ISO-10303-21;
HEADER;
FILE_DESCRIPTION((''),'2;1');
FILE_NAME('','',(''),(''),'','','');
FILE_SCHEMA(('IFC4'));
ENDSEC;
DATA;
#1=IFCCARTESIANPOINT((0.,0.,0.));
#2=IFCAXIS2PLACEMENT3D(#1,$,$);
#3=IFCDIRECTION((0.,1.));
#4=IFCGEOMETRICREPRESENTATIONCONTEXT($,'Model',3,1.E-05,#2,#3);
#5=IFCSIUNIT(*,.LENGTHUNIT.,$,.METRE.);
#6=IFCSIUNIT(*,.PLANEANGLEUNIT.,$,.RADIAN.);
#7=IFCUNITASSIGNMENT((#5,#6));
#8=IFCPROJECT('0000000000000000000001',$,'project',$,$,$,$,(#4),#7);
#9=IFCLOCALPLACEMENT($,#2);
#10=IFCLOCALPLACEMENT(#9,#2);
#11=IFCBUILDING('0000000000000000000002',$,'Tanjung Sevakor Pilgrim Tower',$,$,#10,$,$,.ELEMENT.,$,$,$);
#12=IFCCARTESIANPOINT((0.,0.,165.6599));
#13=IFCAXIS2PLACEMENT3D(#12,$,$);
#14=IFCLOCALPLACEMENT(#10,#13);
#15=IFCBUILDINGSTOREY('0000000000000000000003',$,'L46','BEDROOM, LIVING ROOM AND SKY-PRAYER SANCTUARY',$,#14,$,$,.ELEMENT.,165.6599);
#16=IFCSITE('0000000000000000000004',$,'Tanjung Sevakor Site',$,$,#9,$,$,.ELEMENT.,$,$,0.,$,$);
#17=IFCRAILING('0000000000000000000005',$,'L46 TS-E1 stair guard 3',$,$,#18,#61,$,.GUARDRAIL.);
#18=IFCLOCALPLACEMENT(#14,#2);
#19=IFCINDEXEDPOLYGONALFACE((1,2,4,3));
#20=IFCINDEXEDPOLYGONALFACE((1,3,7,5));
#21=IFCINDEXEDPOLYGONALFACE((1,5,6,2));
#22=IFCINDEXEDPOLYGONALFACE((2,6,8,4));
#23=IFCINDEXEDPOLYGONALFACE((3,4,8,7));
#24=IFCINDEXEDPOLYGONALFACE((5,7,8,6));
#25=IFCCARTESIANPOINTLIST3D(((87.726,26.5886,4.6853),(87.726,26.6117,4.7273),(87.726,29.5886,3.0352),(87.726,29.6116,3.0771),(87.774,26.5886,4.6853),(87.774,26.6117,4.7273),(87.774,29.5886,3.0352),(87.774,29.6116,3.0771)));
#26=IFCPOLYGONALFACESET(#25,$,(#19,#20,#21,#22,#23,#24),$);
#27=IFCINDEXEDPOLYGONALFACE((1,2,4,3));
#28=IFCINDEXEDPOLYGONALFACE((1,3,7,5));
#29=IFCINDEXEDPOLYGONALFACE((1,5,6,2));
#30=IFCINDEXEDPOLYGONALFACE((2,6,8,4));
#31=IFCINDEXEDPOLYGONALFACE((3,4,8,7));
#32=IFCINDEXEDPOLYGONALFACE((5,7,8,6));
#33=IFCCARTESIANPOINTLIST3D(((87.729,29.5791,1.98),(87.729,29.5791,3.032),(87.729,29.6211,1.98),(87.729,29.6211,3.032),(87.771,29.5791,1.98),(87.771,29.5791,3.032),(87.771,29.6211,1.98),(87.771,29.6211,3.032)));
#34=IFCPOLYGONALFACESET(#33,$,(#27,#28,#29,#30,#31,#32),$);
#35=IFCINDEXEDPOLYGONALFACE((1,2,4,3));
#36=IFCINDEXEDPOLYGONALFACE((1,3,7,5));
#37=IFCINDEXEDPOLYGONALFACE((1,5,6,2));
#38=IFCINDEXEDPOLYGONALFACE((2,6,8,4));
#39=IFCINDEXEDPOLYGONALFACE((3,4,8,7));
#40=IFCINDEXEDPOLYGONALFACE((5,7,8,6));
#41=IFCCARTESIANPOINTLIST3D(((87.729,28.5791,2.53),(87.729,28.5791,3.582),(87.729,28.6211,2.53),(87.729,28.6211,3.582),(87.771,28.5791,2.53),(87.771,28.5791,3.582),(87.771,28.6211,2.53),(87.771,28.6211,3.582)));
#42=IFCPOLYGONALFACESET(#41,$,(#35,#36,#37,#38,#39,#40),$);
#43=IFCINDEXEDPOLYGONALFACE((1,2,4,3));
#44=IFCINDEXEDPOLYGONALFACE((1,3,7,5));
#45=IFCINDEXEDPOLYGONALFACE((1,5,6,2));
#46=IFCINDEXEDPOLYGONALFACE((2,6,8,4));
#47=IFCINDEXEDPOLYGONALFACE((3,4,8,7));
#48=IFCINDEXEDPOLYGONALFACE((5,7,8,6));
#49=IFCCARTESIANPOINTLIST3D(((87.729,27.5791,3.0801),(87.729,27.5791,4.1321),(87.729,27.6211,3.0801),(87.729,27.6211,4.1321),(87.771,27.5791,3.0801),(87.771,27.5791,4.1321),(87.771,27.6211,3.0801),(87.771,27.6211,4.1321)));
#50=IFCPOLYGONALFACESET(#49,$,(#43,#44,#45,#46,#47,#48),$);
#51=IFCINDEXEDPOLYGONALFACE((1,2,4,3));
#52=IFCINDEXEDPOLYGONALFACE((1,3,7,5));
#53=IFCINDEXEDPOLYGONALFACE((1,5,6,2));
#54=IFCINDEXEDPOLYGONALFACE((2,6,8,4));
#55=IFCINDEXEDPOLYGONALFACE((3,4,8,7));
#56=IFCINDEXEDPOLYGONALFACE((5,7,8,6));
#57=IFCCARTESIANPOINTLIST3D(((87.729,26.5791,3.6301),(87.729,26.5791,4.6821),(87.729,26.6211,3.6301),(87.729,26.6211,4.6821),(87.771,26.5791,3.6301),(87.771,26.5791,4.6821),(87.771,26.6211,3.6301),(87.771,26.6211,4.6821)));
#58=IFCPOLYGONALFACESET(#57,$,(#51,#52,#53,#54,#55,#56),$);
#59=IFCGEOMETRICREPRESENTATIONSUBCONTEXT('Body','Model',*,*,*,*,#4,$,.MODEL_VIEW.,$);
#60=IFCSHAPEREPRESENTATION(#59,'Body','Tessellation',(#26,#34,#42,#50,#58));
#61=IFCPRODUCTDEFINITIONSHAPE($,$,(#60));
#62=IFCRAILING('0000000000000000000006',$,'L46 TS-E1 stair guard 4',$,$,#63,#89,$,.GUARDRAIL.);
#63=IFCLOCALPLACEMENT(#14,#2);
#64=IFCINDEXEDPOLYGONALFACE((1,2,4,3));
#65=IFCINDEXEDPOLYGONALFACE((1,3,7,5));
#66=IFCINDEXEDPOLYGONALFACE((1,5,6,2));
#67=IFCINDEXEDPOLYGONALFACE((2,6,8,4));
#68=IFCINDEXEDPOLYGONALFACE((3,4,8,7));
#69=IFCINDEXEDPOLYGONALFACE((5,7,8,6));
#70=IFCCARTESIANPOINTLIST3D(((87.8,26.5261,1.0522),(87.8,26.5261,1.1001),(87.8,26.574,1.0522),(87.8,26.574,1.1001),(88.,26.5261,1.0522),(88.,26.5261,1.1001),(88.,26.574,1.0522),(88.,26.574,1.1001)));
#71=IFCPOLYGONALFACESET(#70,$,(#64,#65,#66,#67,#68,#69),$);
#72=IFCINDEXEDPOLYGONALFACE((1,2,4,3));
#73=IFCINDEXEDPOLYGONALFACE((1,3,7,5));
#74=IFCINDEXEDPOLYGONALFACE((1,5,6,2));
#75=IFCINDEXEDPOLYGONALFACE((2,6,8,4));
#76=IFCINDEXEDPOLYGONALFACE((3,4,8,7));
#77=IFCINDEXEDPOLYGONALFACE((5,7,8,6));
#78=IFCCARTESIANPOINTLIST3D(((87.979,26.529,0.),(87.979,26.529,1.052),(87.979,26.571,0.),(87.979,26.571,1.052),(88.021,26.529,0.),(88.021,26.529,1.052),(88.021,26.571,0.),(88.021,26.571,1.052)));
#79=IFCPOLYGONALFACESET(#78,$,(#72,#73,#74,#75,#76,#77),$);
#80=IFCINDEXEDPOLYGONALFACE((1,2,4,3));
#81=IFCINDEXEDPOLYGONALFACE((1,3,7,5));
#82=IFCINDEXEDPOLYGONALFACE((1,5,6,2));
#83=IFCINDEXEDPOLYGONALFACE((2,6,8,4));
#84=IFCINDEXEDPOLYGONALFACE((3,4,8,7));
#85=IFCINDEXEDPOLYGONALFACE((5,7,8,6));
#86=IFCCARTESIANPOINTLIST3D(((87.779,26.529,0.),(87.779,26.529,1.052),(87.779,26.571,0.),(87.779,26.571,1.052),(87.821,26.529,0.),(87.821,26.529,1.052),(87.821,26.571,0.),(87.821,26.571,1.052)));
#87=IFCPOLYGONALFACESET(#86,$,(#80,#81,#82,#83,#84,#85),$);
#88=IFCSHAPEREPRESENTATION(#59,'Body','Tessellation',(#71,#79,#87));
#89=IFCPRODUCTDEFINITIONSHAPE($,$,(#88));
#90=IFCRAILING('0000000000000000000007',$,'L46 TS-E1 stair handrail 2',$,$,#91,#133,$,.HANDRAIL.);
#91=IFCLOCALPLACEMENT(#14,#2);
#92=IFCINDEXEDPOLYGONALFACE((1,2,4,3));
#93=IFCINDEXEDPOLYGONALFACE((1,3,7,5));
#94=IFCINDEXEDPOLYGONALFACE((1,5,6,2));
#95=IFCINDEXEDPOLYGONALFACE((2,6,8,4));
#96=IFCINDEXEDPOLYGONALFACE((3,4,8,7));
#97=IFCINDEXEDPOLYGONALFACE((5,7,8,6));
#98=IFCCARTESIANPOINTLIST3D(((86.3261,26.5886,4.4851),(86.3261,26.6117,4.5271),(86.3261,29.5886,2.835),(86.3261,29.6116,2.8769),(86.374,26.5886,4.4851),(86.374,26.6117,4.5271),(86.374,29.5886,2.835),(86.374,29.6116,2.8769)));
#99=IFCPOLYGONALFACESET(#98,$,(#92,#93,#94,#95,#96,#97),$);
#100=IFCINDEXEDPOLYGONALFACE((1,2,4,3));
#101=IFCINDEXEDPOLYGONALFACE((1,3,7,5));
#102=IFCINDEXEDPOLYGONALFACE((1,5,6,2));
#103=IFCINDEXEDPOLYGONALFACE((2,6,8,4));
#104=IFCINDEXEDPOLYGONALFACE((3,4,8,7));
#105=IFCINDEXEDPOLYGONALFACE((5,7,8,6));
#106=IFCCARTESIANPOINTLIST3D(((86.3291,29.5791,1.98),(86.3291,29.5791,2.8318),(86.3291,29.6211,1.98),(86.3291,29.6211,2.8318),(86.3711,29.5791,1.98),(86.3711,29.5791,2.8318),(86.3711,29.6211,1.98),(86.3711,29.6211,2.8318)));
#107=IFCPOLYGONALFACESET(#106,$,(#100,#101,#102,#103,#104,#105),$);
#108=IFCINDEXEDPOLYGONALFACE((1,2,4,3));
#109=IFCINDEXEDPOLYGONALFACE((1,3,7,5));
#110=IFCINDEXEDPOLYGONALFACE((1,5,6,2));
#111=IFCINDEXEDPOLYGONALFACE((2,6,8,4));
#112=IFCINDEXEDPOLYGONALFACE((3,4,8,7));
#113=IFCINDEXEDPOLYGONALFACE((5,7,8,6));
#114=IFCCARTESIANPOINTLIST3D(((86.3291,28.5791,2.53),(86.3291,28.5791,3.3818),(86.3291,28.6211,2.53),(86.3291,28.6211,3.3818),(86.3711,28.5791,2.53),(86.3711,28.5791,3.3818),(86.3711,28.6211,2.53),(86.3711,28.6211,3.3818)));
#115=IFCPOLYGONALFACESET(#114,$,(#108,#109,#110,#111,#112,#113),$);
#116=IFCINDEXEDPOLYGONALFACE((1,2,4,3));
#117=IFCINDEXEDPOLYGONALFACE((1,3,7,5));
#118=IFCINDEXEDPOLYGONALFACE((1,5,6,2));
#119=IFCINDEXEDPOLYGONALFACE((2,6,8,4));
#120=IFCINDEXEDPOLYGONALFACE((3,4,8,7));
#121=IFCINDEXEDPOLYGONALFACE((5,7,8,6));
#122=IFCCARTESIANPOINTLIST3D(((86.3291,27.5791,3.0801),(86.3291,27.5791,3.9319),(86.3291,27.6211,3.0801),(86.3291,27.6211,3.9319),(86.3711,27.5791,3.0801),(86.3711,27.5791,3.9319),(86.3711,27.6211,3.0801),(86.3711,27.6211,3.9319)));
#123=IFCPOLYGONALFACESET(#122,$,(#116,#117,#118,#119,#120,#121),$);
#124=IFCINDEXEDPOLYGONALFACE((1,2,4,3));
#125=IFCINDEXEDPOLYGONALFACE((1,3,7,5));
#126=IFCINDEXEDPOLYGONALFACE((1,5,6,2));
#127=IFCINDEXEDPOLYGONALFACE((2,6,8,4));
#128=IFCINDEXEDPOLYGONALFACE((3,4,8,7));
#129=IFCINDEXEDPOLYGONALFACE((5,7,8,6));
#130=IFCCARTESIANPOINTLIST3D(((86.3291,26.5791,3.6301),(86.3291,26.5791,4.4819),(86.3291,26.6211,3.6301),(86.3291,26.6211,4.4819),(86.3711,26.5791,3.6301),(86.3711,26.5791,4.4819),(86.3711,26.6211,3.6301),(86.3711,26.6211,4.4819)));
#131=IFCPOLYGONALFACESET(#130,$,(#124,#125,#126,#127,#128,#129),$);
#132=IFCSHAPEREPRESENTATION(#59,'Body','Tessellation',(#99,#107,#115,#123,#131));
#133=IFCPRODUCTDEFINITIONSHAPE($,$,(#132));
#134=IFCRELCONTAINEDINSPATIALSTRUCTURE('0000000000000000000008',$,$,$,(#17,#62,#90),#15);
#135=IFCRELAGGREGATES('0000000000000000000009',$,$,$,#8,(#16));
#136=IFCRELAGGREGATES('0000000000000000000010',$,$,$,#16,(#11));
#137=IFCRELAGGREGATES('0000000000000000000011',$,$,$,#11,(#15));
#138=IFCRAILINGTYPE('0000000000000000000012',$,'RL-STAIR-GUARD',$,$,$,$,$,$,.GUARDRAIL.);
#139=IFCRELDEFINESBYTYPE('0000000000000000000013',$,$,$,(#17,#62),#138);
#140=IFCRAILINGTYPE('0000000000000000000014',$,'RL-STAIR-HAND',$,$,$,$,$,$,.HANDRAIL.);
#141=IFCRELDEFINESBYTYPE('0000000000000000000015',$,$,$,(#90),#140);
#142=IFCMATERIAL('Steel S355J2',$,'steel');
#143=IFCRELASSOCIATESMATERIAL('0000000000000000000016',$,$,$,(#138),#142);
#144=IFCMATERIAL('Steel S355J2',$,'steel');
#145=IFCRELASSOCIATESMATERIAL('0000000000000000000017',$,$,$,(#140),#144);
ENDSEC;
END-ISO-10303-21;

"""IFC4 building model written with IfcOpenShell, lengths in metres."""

from ifc_helpers import new_model, si_unit, direction, frame, origin, place, context, subcontext, project, spatial, rectangle, extrude, material, type_object, element, save


model = new_model("IFC4")

# Units and contexts
model_context = context("Model", 3, precision=1e-05, world=origin(), true_north=direction((0.0, 1.0)))
body_context = subcontext(model_context, "Body", "Model", "MODEL_VIEW")
ifc_project = project(units=[si_unit("LENGTHUNIT", "METRE"), si_unit("PLANEANGLEUNIT", "RADIAN")], contexts=[model_context])

# Site, building, storey
site_placement = place(None, origin())
site = spatial("IfcSite", under=ifc_project, at=site_placement, Name="Tanjung Sevakor Site", CompositionType="ELEMENT", RefElevation=0.0)
building_placement = place(site_placement, origin())
building = spatial("IfcBuilding", under=site, at=building_placement, Name="Tanjung Sevakor Pilgrim Tower", CompositionType="ELEMENT")
storey_placement = place(building_placement, frame((0.0, 0.0, 165.6599)))
storey = spatial("IfcBuildingStorey", under=building, at=storey_placement, Name="L46", Description="BEDROOM, LIVING ROOM AND SKY-PRAYER SANCTUARY", CompositionType="ELEMENT", Elevation=165.6599)

# Railings
ifc_material_1 = material(Name="Steel S355J2", Category="steel")
railing_type_1 = type_object("IfcRailingType", Name="RL-STAIR-GUARD", PredefinedType="GUARDRAIL", material=ifc_material_1)
railing_1_placement = place(storey_placement, frame((87.75, 29.6001, 1.98)))
element("IfcRailing", 1, at=railing_1_placement, inside=storey, type_object=railing_type_1, Name="L46 TS-E1 stair guard 3", PredefinedType="GUARDRAIL", context=body_context, shape_type="SweptSolid", body=[
    extrude(rectangle(XDim=0.0479, YDim=0.0479), frame((0.0, 0.0, 1.0762), z_axis=(0.0, -0.876198, 0.481952), x_axis=(1.0, 0.0, 0.0)), (0.0, 0.0, 1.0), 3.4238),
    extrude(rectangle(XDim=0.042, YDim=0.042), origin(), (0.0, 0.0, 1.0), 1.052),
    extrude(rectangle(XDim=0.042, YDim=0.042), frame((0.0, -1.0, 0.55)), (0.0, 0.0, 1.0), 1.052),
    extrude(rectangle(XDim=0.042, YDim=0.042), frame((0.0, -2.0, 1.1001)), (0.0, 0.0, 1.0), 1.052),
    extrude(rectangle(XDim=0.042, YDim=0.042), frame((0.0, -3.0, 1.6501)), (0.0, 0.0, 1.0), 1.052),
])
railing_2_placement = place(storey_placement, frame((88.0, 26.55, 0.0)))
element("IfcRailing", 2, at=railing_2_placement, inside=storey, type_object=railing_type_1, Name="L46 TS-E1 stair guard 4", PredefinedType="GUARDRAIL", context=body_context, shape_type="SweptSolid", body=[
    extrude(rectangle(XDim=0.0479, YDim=0.0479), frame((0.0, 0.0, 1.0762), z_axis=(-1.0, 0.0, 0.0), x_axis=(0.0, -1.0, 0.0)), (0.0, 0.0, 1.0), 0.2),
    extrude(rectangle(XDim=0.042, YDim=0.042), origin(), (0.0, 0.0, 1.0), 1.052),
    extrude(rectangle(XDim=0.042, YDim=0.042), frame((-0.2, 0.0, 0.0)), (0.0, 0.0, 1.0), 1.052),
])
ifc_material_2 = material(Name="Steel S355J2", Category="steel")
railing_type_2 = type_object("IfcRailingType", Name="RL-STAIR-HAND", PredefinedType="HANDRAIL", material=ifc_material_2)
railing_3_placement = place(storey_placement, frame((86.3501, 29.6001, 1.98)))
element("IfcRailing", 3, at=railing_3_placement, inside=storey, type_object=railing_type_2, Name="L46 TS-E1 stair handrail 2", PredefinedType="HANDRAIL", context=body_context, shape_type="SweptSolid", body=[
    extrude(rectangle(XDim=0.0479, YDim=0.0479), frame((0.0, 0.0, 0.876), z_axis=(0.0, -0.876198, 0.481952), x_axis=(1.0, 0.0, 0.0)), (0.0, 0.0, 1.0), 3.4238),
    extrude(rectangle(XDim=0.042, YDim=0.042), origin(), (0.0, 0.0, 1.0), 0.8518),
    extrude(rectangle(XDim=0.042, YDim=0.042), frame((0.0, -1.0, 0.55)), (0.0, 0.0, 1.0), 0.8518),
    extrude(rectangle(XDim=0.042, YDim=0.042), frame((0.0, -2.0, 1.1001)), (0.0, 0.0, 1.0), 0.8518),
    extrude(rectangle(XDim=0.042, YDim=0.042), frame((0.0, -3.0, 1.6501)), (0.0, 0.0, 1.0), 0.8518),
])

save(model, "model.ifc")
